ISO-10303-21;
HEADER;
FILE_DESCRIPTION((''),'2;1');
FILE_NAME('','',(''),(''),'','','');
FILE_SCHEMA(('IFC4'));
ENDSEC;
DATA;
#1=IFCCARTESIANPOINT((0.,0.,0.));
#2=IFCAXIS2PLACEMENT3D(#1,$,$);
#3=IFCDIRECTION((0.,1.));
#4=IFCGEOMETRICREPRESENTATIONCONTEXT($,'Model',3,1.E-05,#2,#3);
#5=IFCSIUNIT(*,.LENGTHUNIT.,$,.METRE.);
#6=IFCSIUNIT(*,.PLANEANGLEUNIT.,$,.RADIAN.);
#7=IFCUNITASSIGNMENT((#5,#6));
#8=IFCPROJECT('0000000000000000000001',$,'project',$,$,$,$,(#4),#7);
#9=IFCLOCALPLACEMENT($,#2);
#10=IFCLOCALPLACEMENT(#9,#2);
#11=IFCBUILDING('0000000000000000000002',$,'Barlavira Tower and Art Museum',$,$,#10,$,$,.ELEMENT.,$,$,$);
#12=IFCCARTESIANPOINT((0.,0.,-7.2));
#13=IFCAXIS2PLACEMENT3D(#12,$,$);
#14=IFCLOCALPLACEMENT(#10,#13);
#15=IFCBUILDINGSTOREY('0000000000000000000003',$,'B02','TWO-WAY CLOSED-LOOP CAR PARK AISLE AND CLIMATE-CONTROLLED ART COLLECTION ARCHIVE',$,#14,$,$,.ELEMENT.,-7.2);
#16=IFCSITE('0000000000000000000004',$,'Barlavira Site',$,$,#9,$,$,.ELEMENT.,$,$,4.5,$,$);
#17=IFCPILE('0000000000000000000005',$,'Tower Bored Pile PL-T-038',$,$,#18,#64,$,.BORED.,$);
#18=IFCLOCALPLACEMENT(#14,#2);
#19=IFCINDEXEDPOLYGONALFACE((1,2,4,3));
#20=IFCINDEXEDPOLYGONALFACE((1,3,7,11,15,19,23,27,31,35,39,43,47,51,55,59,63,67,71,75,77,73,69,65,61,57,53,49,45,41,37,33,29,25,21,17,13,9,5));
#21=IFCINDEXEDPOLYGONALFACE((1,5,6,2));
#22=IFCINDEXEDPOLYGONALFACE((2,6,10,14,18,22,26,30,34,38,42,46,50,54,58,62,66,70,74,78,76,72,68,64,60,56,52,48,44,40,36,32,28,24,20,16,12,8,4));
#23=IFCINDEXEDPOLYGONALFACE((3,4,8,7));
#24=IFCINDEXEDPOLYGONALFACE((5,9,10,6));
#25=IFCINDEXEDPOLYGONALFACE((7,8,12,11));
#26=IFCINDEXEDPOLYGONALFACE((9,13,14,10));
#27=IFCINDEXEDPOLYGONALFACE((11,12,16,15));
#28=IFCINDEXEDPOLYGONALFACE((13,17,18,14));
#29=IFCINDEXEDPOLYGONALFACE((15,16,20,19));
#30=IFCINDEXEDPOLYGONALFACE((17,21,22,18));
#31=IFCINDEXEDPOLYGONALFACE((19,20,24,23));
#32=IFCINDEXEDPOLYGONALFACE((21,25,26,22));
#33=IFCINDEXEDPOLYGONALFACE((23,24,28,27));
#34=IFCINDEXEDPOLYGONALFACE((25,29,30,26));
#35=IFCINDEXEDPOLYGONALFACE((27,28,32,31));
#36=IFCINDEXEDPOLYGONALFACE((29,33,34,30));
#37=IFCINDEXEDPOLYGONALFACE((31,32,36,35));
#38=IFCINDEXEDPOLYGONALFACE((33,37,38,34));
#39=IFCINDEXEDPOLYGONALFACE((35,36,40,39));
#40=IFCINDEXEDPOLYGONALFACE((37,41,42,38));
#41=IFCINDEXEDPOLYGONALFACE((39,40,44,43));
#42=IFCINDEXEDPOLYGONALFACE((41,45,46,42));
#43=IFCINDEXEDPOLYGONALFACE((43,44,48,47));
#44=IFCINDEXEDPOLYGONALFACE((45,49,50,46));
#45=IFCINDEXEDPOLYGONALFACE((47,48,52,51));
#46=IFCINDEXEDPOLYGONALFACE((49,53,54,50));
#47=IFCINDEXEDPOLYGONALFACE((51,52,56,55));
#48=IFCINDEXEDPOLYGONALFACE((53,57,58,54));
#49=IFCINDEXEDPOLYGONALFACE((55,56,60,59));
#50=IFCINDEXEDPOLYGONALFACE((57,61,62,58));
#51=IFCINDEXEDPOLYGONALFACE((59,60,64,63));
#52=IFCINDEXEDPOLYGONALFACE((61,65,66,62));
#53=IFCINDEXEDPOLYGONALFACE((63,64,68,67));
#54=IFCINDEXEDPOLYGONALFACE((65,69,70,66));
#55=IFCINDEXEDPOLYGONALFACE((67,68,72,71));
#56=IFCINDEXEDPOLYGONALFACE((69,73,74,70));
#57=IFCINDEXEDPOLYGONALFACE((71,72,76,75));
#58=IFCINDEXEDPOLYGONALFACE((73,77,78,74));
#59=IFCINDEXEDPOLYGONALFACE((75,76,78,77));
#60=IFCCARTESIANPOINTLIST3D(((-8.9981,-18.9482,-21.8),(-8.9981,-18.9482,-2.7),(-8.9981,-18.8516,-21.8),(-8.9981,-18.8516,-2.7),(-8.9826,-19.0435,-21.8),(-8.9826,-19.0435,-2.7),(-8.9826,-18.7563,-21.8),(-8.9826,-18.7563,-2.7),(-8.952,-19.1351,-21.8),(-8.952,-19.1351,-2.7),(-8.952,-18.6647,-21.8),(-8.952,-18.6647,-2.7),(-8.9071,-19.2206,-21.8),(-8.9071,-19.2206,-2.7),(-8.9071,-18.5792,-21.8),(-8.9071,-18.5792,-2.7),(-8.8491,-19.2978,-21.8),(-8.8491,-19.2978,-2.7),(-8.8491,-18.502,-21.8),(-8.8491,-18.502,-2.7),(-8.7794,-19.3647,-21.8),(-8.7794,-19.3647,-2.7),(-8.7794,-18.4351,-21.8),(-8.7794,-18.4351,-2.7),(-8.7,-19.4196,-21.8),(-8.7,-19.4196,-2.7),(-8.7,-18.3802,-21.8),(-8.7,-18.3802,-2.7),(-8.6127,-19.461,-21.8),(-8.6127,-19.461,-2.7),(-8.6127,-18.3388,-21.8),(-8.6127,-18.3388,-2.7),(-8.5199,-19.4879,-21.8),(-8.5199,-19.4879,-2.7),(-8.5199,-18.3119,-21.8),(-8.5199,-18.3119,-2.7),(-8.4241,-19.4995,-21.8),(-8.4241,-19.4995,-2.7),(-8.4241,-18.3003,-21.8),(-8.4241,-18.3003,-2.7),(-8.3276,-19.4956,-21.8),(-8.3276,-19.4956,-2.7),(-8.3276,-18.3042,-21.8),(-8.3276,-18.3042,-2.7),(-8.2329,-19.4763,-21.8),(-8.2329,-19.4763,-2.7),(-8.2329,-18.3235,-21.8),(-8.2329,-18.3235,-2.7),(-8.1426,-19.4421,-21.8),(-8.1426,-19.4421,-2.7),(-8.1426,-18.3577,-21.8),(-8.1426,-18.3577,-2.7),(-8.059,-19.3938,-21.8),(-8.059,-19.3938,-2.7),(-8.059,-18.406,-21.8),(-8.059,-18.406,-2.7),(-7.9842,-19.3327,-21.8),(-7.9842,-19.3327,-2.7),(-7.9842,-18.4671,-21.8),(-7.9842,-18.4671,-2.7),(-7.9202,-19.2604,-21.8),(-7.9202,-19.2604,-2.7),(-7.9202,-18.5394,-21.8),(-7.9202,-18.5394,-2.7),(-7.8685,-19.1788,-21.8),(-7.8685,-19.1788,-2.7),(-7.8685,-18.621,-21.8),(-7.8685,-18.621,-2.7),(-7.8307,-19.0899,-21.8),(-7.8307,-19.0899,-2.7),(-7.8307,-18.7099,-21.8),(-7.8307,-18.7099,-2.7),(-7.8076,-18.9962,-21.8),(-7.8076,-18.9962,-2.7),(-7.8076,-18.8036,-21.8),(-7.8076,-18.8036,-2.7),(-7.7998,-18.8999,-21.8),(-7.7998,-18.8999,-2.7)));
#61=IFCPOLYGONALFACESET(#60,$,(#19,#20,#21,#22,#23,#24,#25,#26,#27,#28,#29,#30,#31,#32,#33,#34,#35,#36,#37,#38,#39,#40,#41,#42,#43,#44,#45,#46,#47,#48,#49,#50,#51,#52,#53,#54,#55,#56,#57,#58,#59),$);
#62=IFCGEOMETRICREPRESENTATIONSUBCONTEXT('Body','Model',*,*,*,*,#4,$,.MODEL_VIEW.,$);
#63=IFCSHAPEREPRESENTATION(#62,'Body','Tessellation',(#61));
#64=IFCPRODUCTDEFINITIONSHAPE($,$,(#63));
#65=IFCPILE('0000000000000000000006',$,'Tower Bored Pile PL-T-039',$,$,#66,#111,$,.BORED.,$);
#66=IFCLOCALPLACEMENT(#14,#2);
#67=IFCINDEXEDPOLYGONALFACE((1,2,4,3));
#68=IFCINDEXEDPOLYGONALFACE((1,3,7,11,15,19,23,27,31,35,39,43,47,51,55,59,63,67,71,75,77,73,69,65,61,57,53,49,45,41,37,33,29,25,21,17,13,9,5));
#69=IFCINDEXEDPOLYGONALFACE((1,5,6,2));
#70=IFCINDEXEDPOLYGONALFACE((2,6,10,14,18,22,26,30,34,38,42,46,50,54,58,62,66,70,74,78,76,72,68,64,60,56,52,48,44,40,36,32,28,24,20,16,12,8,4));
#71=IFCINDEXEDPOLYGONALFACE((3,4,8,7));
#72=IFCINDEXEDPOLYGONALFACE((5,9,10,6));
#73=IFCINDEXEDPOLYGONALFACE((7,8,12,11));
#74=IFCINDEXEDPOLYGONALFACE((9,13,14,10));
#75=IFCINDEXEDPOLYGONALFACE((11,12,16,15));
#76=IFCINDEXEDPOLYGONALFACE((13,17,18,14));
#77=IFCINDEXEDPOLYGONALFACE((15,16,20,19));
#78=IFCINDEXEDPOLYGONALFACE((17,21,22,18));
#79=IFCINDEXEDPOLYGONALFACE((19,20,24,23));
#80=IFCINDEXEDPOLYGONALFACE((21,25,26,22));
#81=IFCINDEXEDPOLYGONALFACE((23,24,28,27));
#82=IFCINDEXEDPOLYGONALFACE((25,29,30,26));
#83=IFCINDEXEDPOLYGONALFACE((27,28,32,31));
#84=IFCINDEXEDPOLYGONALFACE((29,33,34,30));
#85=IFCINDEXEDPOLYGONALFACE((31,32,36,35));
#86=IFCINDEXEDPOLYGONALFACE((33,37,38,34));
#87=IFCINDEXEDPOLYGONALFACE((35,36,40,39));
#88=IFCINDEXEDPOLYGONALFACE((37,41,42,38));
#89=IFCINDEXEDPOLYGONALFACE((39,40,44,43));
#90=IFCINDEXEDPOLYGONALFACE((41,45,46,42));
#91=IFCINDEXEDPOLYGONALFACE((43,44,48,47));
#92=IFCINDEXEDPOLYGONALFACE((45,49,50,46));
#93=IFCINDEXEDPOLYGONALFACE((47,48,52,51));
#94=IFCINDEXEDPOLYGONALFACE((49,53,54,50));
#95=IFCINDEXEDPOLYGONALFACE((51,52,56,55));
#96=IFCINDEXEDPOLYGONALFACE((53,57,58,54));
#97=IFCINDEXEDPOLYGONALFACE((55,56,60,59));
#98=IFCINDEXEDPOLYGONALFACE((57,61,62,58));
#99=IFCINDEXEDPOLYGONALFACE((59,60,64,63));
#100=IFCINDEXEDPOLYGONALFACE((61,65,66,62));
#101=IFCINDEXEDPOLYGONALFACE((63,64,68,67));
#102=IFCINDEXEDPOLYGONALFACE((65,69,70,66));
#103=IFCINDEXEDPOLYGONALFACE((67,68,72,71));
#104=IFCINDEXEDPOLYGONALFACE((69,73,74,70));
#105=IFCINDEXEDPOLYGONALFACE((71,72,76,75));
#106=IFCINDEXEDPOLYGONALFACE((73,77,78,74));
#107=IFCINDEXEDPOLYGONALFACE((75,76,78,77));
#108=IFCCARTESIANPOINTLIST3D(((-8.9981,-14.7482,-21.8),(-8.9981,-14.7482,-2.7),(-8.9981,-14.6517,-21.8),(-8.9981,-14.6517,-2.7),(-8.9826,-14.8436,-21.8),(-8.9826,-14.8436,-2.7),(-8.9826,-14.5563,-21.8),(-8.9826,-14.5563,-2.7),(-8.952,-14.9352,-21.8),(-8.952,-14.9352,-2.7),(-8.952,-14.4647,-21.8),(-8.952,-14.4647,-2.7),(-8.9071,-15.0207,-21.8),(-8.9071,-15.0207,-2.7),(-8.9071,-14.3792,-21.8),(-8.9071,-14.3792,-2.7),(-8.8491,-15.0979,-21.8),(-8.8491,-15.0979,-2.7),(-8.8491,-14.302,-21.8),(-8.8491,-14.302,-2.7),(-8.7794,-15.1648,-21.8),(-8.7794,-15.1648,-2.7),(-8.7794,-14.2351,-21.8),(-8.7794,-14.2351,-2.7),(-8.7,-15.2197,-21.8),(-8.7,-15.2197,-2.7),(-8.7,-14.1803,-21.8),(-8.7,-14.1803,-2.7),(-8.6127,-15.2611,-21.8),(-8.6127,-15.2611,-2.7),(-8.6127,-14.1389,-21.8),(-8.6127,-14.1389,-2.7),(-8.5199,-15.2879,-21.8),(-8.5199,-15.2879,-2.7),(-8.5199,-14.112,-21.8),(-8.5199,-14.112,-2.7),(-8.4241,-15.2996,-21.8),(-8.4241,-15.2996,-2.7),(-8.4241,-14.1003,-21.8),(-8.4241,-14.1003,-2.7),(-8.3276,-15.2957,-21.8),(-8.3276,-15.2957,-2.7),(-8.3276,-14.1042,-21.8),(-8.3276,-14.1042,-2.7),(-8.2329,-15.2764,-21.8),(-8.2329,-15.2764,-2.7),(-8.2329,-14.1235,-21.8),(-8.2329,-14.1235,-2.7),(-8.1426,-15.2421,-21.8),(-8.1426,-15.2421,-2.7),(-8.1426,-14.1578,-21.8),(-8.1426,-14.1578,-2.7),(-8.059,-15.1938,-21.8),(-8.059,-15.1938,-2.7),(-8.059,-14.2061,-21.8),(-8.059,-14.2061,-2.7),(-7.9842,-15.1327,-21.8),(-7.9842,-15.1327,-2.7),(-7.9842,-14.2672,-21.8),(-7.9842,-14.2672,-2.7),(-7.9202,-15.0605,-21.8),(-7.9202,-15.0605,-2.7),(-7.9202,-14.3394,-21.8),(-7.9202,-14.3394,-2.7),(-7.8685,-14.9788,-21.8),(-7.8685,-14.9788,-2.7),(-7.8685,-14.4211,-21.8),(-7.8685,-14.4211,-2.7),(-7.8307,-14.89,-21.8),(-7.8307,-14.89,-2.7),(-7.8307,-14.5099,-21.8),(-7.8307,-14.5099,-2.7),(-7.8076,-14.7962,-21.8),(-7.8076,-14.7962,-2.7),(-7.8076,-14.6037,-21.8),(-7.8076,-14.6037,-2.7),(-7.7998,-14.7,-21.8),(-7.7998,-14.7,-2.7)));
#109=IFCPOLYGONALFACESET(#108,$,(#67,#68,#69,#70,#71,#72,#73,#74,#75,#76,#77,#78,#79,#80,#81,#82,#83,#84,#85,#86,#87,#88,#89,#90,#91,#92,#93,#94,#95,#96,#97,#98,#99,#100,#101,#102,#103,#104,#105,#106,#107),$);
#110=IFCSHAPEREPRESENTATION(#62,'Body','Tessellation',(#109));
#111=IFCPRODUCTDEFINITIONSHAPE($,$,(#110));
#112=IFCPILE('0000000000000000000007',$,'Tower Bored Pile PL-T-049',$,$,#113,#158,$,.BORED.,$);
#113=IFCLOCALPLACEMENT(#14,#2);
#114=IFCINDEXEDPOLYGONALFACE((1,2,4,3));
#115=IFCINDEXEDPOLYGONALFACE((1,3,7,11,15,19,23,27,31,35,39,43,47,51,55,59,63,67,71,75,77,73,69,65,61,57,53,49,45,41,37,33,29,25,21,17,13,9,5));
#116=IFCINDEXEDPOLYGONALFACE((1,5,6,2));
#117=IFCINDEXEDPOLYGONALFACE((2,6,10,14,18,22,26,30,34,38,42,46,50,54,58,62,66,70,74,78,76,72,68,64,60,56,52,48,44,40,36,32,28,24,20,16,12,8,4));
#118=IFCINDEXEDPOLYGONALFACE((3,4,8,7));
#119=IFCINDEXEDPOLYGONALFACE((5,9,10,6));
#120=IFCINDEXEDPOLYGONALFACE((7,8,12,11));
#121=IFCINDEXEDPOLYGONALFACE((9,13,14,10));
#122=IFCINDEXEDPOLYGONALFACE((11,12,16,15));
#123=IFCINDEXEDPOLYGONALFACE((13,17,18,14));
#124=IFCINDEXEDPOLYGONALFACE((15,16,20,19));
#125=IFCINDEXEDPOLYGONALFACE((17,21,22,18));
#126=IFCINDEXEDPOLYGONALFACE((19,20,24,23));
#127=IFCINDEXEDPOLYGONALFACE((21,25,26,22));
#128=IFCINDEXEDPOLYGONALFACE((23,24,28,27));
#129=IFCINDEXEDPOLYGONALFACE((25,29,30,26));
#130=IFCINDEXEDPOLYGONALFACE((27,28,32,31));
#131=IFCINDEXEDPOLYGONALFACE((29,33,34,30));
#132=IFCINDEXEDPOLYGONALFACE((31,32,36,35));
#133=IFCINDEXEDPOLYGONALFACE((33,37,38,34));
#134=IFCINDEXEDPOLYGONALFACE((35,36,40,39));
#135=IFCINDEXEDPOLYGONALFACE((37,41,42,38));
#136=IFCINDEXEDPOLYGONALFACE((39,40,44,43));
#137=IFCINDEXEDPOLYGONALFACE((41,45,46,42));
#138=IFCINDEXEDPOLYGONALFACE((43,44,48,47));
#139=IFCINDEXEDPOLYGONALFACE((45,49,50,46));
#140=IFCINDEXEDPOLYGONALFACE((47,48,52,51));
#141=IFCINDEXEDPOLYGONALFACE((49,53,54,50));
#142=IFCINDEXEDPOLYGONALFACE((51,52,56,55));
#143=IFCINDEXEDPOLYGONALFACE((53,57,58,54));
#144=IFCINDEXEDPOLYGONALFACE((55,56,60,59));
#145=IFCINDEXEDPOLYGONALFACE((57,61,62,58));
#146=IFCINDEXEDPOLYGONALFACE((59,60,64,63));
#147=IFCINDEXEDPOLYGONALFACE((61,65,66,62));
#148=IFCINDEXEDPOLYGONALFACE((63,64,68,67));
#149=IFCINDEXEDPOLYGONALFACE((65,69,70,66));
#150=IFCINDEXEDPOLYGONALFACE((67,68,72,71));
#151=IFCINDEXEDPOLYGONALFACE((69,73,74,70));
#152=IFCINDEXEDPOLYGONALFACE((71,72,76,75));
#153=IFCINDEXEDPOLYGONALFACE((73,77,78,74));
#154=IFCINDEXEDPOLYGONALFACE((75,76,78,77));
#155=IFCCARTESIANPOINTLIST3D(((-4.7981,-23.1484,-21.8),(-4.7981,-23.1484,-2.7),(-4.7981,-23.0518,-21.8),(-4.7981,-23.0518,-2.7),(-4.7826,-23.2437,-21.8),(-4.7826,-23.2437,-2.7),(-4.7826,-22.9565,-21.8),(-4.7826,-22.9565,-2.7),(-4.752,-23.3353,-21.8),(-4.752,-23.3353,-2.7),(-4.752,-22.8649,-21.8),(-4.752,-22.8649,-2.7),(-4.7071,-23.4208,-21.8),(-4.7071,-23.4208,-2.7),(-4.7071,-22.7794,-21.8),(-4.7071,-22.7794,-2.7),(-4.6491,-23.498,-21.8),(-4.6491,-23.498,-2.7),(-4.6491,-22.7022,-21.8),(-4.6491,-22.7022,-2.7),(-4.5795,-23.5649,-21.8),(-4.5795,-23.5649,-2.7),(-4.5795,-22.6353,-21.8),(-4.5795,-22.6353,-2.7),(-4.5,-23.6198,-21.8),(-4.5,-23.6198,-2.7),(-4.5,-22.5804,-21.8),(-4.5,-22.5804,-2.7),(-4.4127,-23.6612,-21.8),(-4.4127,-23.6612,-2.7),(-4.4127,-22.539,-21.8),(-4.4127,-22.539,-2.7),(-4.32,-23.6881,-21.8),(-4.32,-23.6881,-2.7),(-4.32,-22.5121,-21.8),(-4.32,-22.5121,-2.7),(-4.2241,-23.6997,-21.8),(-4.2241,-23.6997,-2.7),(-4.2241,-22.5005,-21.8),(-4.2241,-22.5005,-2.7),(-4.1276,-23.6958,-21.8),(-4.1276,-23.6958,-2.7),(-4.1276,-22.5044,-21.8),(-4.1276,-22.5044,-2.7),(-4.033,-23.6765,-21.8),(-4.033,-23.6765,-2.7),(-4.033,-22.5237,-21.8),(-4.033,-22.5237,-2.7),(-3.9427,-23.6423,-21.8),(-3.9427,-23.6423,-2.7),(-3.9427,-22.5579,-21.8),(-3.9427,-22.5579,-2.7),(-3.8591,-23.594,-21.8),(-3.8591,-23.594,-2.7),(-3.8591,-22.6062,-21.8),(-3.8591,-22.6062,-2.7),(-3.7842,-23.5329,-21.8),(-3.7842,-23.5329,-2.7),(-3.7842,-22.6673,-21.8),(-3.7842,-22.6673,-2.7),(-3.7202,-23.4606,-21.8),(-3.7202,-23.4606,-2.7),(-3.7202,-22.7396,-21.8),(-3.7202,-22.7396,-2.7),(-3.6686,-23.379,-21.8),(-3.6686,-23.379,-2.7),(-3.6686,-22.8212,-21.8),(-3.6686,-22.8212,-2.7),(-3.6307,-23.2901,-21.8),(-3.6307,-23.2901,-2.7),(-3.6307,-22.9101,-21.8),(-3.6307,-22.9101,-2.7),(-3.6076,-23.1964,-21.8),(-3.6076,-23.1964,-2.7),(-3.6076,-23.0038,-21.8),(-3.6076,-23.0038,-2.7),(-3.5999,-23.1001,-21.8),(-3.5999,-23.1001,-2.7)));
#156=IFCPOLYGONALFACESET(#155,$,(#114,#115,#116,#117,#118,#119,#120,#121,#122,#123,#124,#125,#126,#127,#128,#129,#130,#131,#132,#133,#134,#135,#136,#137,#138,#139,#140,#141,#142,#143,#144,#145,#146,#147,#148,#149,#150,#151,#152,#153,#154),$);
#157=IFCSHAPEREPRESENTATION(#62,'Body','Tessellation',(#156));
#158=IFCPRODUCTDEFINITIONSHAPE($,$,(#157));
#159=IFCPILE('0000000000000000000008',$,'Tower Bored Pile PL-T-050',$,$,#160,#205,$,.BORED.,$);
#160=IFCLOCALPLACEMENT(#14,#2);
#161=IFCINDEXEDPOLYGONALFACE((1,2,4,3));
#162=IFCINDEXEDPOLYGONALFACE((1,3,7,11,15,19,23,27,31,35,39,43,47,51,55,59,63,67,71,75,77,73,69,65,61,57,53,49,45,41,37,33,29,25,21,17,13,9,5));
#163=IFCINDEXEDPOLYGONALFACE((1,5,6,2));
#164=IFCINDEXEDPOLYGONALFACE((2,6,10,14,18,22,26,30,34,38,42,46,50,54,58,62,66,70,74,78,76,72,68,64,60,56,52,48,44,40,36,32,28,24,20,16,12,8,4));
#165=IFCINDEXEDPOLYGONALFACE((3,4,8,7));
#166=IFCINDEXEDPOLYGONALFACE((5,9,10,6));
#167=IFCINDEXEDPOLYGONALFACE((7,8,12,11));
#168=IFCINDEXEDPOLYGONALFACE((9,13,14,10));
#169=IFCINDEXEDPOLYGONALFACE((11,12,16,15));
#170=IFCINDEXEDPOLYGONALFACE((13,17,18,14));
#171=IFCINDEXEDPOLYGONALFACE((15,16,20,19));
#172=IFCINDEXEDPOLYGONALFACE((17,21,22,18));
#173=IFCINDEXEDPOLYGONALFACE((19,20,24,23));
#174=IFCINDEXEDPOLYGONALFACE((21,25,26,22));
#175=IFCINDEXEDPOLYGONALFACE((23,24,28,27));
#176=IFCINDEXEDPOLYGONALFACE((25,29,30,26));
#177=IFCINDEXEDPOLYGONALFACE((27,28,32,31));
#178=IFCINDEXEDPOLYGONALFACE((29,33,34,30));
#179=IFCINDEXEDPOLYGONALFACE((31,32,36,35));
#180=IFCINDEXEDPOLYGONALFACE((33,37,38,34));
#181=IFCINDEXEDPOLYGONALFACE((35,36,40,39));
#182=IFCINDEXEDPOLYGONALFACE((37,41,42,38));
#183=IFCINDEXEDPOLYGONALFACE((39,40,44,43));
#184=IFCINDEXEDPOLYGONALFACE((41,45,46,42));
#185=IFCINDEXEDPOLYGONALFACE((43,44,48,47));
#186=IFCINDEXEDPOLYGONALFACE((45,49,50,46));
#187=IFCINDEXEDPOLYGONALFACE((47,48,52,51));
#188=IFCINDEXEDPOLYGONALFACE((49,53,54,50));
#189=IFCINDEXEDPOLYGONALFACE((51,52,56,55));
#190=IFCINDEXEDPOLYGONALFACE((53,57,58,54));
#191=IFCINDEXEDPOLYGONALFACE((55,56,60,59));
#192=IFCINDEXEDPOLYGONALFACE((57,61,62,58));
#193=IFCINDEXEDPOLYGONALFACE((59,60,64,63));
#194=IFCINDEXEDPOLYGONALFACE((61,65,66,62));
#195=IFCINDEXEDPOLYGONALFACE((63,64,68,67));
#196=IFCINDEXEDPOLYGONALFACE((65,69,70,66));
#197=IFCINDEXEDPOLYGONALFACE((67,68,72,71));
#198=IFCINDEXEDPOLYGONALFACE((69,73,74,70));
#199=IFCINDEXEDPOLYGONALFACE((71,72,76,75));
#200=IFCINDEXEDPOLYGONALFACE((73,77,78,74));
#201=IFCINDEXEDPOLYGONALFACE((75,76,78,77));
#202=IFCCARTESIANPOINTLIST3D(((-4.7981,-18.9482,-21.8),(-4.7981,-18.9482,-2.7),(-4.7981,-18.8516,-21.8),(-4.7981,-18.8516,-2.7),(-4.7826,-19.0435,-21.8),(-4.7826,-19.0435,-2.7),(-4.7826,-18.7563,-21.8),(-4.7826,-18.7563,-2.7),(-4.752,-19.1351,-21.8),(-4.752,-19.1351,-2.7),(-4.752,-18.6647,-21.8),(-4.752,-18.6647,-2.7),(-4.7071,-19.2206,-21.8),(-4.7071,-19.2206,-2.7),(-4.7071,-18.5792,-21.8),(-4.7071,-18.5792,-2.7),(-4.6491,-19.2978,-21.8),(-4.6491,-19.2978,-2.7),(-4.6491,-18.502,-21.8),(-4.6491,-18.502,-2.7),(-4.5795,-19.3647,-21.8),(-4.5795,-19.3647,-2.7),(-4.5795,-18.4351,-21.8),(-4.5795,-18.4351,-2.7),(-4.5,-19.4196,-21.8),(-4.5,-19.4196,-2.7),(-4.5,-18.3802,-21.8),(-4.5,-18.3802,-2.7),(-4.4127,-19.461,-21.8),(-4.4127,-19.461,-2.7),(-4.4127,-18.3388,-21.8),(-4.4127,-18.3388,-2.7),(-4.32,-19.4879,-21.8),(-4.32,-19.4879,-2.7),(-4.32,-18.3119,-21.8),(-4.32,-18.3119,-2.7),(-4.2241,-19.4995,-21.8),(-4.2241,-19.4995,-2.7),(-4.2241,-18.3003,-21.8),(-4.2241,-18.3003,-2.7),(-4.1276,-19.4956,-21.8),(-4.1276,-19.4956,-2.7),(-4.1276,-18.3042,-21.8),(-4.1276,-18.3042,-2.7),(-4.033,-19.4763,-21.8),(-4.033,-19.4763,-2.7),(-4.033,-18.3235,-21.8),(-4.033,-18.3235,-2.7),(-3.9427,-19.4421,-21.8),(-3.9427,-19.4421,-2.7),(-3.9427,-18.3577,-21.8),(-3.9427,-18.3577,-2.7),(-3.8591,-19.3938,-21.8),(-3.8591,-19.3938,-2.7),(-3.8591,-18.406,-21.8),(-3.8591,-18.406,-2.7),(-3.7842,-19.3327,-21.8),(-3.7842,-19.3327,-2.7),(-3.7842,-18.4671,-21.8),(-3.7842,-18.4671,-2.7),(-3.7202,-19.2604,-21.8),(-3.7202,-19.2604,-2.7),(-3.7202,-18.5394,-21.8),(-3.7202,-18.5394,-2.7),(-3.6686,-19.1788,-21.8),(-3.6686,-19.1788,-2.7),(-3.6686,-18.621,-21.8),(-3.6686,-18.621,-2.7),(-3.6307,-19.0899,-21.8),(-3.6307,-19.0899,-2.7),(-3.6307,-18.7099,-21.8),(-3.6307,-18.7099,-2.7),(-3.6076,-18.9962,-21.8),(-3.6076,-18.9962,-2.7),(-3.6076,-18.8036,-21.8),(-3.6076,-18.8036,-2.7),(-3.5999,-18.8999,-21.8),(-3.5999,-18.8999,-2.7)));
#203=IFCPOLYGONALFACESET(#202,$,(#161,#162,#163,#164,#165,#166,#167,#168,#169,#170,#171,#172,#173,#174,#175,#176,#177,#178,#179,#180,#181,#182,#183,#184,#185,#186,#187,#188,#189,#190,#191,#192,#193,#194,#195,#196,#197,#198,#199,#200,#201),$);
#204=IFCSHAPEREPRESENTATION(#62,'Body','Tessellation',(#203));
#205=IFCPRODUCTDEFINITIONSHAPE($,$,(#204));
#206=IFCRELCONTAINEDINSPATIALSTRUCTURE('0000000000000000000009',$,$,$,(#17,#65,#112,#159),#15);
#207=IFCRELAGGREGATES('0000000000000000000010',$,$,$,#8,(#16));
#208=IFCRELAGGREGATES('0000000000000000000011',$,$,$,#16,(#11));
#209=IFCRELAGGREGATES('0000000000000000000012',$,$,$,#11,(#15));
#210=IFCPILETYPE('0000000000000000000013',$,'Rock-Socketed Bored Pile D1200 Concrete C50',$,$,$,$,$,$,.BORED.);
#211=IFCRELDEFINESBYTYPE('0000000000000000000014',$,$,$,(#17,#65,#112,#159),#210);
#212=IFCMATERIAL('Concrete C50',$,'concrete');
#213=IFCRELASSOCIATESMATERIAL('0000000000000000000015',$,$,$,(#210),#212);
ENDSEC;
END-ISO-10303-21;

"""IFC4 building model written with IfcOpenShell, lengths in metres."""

from ifc_helpers import new_model, si_unit, direction, frame, origin, origin_2d, place, context, subcontext, project, spatial, circle, extrude, material, material_profile, profile_set, type_object, element, save


model = new_model("IFC4")

# Units and contexts
model_context = context("Model", 3, precision=1e-05, world=origin(), true_north=direction((0.0, 1.0)))
body_context = subcontext(model_context, "Body", "Model", "MODEL_VIEW")
ifc_project = project(units=[si_unit("LENGTHUNIT", "METRE"), si_unit("PLANEANGLEUNIT", "RADIAN")], contexts=[model_context])

# Site, building, storey
site_placement = place(None, origin())
site = spatial("IfcSite", under=ifc_project, at=site_placement, Name="Barlavira Site", CompositionType="ELEMENT", RefElevation=4.5)
building_placement = place(site_placement, origin())
building = spatial("IfcBuilding", under=site, at=building_placement, Name="Barlavira Tower and Art Museum", CompositionType="ELEMENT")
storey_placement = place(building_placement, frame((0.0, 0.0, -7.2)))
storey = spatial("IfcBuildingStorey", under=building, at=storey_placement, Name="B02", Description="TWO-WAY CLOSED-LOOP CAR PARK AISLE AND CLIMATE-CONTROLLED ART COLLECTION ARCHIVE", CompositionType="ELEMENT", Elevation=-7.2)

# Piles
ifc_material_1 = material(Name="Concrete C50", Category="concrete")
ifc_material_profile_1 = material_profile(ifc_material_1, circle(Radius=0.6001, at=origin_2d()), Name="BORED PILE D1200")
ifc_profile_set_1 = profile_set([ifc_material_profile_1], Name="Concrete C50")
pile_type = type_object("IfcPileType", Name="Rock-Socketed Bored Pile D1200 Concrete C50", PredefinedType="BORED", material=ifc_profile_set_1)
for number, where, z_axis, x_axis, name in (
    (1, (-8.3999, -18.8999, -2.7), (0.0, 0.0, -1.0), (1.0, 0.0, 0.0), "Tower Bored Pile PL-T-038"),
    (2, (-8.3999, -14.7, -2.7), (0.0, 0.0, -1.0), (1.0, 0.0, 0.0), "Tower Bored Pile PL-T-039"),
    (3, (-4.2, -23.1001, -2.7), (0.0, 0.0, -1.0), (1.0, 0.0, 0.0), "Tower Bored Pile PL-T-049"),
    (4, (-4.2, -18.8999, -2.7), (0.0, 0.0, -1.0), (1.0, 0.0, 0.0), "Tower Bored Pile PL-T-050"),
):
    element("IfcPile", number, at=place(storey_placement, frame(where, z_axis=z_axis, x_axis=x_axis)), inside=storey, type_object=pile_type, Name=name, PredefinedType="BORED", context=body_context, shape_type="SweptSolid", body=[
        extrude(circle(Radius=0.6001, at=origin_2d()), origin(), (0.0, 0.0, 1.0), 19.1001),
    ])

save(model, "model.ifc")
